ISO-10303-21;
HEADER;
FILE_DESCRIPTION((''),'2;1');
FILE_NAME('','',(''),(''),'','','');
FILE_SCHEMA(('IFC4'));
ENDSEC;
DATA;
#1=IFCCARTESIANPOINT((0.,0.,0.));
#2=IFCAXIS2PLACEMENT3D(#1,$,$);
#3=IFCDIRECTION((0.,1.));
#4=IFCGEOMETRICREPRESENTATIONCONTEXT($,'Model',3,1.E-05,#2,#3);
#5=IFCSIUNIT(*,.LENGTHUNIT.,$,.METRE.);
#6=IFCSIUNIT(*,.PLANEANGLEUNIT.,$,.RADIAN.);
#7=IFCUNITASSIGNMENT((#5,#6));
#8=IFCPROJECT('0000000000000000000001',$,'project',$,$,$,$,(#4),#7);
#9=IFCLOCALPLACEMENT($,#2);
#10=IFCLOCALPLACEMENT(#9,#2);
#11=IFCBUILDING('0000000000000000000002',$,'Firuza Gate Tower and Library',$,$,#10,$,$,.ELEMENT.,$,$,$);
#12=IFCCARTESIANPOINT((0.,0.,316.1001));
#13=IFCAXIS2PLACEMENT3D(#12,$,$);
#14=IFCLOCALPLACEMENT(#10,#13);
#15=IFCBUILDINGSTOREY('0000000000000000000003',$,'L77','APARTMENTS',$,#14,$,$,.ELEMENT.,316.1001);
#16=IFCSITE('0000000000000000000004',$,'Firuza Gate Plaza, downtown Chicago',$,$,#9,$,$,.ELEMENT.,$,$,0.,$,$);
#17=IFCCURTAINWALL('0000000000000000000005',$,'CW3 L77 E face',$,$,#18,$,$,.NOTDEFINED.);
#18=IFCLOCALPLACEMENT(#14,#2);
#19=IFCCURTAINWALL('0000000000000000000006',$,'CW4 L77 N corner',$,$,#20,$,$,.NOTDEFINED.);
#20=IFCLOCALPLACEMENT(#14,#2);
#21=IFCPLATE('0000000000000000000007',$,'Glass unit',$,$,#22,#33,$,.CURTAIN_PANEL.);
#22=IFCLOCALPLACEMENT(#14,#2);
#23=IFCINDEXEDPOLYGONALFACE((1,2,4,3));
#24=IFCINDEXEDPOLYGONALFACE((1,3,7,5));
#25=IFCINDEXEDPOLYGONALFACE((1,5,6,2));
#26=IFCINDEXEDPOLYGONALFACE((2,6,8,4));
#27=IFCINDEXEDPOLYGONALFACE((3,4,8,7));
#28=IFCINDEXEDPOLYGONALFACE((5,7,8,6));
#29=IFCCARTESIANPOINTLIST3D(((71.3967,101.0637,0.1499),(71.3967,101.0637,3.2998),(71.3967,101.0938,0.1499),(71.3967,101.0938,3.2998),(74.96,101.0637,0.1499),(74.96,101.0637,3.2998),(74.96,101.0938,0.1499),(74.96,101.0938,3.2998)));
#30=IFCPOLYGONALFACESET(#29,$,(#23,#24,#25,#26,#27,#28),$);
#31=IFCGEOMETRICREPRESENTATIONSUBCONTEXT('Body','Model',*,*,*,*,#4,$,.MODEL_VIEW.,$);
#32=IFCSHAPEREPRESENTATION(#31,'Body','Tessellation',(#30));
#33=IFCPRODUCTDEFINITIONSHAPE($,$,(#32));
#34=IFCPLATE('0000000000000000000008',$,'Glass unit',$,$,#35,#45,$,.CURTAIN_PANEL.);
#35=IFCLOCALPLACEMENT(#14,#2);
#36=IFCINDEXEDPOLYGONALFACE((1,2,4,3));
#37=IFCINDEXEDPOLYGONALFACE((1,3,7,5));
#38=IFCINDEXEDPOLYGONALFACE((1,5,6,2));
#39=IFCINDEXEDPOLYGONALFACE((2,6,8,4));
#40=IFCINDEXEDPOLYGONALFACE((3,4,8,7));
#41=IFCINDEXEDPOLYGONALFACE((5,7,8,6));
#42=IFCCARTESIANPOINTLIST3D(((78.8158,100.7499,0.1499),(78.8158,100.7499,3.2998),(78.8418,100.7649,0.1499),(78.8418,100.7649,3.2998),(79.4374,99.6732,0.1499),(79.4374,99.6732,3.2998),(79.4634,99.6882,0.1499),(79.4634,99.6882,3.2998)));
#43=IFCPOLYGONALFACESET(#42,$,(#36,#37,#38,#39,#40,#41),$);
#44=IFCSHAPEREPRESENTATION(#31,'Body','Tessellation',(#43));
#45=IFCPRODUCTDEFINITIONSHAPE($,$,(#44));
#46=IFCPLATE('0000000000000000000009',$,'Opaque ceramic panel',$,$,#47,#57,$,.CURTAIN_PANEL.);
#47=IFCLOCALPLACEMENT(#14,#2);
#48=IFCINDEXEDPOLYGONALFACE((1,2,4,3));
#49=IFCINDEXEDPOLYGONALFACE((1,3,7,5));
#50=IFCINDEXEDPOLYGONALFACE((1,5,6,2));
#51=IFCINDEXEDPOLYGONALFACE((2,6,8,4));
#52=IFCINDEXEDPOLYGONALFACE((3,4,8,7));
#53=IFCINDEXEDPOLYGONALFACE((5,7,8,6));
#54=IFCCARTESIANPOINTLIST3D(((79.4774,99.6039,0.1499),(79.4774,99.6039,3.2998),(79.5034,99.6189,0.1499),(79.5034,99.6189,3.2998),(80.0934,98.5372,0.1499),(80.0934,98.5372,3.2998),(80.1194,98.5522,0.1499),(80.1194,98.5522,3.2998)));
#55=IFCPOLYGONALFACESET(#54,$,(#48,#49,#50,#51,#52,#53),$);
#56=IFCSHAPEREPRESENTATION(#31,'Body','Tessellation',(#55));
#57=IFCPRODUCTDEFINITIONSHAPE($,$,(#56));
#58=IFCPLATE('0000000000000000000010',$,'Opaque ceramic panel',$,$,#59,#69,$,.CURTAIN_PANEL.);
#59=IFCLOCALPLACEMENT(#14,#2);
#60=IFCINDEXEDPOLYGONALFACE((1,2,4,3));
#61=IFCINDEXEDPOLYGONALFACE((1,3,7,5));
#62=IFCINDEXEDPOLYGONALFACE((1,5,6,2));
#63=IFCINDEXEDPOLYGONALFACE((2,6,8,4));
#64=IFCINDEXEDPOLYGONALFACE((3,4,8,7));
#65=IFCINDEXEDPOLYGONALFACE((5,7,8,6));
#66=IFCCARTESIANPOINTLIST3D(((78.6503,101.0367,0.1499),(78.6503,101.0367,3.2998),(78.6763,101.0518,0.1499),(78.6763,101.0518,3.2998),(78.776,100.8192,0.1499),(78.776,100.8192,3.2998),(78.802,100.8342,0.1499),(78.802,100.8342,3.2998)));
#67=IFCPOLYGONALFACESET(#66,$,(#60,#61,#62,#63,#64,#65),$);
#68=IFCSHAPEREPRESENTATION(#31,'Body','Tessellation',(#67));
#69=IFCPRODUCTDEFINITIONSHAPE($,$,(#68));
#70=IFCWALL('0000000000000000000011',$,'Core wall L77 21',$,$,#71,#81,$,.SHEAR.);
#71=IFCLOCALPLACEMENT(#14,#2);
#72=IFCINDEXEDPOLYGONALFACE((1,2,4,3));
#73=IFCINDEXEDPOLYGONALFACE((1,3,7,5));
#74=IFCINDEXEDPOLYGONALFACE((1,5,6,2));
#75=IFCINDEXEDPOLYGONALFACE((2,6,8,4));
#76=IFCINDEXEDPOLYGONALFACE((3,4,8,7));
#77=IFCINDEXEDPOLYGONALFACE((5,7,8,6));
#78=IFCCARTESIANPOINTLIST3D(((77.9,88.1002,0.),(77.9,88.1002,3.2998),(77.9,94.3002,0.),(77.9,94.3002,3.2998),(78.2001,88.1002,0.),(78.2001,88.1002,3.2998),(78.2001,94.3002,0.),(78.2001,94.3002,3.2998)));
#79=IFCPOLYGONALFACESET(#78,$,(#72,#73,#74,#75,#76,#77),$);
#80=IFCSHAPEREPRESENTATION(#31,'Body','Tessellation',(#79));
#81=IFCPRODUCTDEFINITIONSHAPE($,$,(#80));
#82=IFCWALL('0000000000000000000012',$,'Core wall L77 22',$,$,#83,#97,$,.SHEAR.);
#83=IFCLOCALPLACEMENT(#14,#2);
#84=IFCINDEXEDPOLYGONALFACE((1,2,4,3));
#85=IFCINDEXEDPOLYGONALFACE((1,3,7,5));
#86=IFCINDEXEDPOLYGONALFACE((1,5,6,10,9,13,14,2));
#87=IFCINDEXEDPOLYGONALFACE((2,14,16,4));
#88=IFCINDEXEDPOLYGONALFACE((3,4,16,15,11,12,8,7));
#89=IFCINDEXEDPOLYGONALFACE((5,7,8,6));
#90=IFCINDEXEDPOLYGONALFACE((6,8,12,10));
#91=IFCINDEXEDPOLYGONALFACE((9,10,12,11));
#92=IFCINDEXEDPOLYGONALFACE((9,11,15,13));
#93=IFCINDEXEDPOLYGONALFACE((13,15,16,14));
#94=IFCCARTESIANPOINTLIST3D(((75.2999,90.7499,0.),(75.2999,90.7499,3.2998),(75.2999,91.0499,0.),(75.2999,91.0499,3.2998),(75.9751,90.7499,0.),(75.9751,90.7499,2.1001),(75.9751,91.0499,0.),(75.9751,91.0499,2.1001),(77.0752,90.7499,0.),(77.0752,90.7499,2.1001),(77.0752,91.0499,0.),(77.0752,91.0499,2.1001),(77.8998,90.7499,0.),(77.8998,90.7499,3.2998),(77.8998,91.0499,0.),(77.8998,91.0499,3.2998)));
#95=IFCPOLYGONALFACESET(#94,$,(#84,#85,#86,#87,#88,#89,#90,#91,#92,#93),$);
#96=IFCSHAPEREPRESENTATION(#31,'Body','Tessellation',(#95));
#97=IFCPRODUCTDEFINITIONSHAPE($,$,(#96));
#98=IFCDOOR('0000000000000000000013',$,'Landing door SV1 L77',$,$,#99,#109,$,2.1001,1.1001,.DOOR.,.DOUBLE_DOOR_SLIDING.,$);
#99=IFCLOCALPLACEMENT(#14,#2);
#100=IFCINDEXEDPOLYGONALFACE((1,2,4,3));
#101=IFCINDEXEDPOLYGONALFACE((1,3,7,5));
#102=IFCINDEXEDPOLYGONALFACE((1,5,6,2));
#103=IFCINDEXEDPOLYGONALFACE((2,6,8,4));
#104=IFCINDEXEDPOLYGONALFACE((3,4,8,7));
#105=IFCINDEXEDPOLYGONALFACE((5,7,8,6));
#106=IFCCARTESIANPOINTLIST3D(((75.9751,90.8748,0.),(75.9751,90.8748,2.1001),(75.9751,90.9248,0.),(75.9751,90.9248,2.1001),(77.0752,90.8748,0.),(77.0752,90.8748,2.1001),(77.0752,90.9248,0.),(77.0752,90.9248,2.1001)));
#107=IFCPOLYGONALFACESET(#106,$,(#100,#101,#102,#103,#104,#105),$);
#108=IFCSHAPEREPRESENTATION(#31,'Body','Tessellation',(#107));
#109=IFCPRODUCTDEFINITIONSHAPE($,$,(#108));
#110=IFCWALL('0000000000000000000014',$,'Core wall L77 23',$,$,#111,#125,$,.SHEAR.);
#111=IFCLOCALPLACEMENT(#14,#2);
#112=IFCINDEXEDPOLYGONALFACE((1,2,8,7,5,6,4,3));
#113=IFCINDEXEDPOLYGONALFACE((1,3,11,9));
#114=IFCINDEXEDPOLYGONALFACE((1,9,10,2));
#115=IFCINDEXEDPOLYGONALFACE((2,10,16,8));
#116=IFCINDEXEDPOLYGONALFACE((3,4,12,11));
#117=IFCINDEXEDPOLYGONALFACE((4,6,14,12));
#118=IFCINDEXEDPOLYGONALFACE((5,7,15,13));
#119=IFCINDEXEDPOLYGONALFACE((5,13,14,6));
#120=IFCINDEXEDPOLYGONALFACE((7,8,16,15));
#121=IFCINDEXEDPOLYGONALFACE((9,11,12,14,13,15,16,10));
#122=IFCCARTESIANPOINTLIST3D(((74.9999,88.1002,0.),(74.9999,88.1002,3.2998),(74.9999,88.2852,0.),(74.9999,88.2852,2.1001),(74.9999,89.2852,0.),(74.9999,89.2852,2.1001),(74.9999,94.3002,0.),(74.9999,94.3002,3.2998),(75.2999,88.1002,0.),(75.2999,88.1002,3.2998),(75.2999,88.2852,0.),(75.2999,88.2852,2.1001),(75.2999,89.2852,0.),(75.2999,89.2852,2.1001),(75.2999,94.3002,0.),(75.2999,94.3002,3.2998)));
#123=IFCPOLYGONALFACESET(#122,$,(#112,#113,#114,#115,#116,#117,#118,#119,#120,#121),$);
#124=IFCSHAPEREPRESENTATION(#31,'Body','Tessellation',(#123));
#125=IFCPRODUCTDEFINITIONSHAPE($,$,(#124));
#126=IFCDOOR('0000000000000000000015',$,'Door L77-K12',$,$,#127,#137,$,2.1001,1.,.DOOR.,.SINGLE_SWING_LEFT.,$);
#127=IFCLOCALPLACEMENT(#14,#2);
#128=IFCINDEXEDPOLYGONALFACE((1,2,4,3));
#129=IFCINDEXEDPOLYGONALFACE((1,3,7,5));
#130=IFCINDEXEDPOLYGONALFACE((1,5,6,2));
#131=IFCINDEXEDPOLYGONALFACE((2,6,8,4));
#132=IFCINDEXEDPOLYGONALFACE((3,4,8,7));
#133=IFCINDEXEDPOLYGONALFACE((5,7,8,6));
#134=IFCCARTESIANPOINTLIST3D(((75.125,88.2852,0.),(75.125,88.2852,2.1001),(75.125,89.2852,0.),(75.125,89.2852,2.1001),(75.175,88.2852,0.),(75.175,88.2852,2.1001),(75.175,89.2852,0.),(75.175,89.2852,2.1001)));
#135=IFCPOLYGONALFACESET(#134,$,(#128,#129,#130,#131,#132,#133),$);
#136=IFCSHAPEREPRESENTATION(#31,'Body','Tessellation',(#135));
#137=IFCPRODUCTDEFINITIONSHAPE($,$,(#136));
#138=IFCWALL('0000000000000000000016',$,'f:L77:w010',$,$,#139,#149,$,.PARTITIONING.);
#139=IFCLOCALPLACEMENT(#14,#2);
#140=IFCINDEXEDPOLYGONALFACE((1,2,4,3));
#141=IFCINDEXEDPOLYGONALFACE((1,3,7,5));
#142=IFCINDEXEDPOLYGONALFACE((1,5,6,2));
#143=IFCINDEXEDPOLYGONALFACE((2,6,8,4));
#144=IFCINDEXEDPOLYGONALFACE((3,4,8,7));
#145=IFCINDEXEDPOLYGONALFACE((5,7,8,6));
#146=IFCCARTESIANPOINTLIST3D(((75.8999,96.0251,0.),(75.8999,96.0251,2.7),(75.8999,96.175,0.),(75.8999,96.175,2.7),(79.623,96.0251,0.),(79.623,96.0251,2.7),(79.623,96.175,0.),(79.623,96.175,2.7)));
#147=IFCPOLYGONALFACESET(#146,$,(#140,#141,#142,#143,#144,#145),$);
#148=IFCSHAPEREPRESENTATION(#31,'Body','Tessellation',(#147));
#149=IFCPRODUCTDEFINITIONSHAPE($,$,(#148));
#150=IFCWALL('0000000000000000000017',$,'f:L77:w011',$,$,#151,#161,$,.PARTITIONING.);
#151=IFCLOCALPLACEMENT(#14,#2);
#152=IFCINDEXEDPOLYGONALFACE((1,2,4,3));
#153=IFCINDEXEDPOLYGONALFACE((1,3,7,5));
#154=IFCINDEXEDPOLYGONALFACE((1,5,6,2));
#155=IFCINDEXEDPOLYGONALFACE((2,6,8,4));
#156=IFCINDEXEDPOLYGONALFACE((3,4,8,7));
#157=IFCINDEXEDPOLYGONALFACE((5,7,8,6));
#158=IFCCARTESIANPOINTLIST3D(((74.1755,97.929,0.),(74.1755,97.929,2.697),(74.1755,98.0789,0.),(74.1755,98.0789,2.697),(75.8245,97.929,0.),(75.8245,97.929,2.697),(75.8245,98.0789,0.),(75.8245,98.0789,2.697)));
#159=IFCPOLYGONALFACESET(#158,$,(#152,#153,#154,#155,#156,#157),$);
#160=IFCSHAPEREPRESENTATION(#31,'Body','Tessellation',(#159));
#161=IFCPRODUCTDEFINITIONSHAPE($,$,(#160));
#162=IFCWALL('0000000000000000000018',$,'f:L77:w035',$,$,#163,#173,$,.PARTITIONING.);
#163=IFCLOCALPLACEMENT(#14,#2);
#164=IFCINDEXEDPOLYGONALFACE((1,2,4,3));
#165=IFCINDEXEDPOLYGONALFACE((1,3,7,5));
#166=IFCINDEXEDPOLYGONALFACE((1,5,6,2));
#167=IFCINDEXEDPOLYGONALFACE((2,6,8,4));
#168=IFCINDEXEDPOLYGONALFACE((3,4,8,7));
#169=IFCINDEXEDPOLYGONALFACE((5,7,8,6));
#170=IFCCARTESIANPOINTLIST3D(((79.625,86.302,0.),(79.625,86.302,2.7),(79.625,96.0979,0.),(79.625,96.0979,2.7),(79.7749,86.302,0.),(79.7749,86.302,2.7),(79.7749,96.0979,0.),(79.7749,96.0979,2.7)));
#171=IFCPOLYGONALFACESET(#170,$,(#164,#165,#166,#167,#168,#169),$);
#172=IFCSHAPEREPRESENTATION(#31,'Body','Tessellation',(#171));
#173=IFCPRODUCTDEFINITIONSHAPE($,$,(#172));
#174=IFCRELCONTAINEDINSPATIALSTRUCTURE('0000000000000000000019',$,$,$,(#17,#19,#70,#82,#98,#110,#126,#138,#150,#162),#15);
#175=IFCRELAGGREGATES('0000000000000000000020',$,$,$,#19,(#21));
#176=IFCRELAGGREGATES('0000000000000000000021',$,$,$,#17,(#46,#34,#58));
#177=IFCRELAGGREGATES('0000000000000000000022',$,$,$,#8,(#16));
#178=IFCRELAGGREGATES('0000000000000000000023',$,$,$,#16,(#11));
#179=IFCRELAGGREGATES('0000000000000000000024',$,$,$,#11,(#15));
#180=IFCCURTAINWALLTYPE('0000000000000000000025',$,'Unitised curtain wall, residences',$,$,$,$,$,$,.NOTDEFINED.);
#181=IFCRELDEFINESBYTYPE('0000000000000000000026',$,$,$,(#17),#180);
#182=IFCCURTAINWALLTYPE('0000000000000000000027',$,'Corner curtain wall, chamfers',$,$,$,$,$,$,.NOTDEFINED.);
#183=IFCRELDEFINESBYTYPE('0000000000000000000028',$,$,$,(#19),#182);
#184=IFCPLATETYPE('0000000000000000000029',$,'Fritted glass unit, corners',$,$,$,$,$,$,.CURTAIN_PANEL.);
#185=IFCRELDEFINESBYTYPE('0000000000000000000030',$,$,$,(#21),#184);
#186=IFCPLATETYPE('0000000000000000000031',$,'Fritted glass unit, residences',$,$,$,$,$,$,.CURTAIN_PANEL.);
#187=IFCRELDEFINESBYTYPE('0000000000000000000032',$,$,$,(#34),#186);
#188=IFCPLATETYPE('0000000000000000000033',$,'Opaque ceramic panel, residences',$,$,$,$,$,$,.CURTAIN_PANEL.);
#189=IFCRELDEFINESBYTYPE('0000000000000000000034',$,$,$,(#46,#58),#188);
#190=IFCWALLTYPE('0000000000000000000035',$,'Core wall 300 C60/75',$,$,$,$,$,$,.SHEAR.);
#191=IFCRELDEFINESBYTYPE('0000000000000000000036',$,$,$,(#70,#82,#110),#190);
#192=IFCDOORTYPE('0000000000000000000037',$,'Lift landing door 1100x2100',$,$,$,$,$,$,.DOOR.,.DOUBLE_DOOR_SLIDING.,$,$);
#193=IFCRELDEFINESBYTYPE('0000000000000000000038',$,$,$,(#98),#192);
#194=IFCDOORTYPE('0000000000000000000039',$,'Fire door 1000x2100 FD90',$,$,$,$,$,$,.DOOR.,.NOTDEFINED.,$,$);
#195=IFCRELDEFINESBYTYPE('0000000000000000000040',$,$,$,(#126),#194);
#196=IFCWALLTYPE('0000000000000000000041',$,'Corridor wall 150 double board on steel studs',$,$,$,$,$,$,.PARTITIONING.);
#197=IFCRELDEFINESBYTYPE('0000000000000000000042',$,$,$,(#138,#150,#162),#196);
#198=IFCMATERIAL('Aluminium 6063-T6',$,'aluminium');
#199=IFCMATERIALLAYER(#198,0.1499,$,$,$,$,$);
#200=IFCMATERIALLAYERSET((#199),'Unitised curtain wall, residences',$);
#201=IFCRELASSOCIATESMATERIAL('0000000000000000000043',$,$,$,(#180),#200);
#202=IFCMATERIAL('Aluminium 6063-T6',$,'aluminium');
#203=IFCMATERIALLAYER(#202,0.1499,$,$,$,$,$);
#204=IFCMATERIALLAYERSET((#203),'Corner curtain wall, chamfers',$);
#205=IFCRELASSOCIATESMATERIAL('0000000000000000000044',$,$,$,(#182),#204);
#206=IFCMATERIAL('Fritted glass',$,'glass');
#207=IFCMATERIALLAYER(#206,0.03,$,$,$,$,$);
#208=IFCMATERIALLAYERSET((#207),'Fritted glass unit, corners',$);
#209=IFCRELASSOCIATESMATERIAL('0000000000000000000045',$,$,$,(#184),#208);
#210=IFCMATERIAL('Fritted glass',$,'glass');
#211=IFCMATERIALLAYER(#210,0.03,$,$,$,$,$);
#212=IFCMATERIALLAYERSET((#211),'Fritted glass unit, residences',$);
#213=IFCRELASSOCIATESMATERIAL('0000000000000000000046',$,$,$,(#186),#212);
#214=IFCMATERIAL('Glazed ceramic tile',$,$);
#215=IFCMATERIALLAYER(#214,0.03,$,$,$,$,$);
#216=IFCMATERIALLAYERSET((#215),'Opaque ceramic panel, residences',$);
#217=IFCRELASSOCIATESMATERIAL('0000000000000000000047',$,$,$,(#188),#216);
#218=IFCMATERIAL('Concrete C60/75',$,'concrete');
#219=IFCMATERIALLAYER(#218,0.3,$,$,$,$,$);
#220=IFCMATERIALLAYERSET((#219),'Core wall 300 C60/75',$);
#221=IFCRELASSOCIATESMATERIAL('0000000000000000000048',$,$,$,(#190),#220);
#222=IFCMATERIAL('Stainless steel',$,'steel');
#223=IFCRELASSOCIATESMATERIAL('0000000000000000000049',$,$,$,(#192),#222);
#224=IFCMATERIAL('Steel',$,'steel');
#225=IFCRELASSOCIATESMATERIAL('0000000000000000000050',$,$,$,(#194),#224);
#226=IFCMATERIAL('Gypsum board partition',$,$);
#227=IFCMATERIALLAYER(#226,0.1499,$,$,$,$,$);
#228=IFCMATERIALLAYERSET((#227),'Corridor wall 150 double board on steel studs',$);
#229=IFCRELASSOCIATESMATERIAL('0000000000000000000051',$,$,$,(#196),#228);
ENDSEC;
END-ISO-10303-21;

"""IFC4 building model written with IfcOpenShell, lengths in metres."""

from ifc_helpers import new_model, si_unit, direction, frame, frame_2d, origin, place, context, subcontext, project, spatial, polyline, rectangle, outline, extrude, material, layer, layer_set, type_object, element, fill, aggregate, save


model = new_model("IFC4")

# Units and contexts
model_context = context("Model", 3, precision=1e-05, world=origin(), true_north=direction((0.0, 1.0)))
body_context = subcontext(model_context, "Body", "Model", "MODEL_VIEW")
ifc_project = project(units=[si_unit("LENGTHUNIT", "METRE"), si_unit("PLANEANGLEUNIT", "RADIAN")], contexts=[model_context])

# Site, building, storey
site_placement = place(None, origin())
site = spatial("IfcSite", under=ifc_project, at=site_placement, Name="Firuza Gate Plaza, downtown Chicago", CompositionType="ELEMENT", RefElevation=0.0)
building_placement = place(site_placement, origin())
building = spatial("IfcBuilding", under=site, at=building_placement, Name="Firuza Gate Tower and Library", CompositionType="ELEMENT")
storey_placement = place(building_placement, frame((0.0, 0.0, 316.1001)))
storey = spatial("IfcBuildingStorey", under=building, at=storey_placement, Name="L77", Description="APARTMENTS", CompositionType="ELEMENT", Elevation=316.1001)

# Curtain walls
ifc_material_1 = material(Name="Aluminium 6063-T6", Category="aluminium")
ifc_layer_1 = layer(ifc_material_1, 0.1499)
ifc_layer_set_1 = layer_set([ifc_layer_1], Name="Unitised curtain wall, residences")
curtain_wall_type_1 = type_object("IfcCurtainWallType", Name="Unitised curtain wall, residences", PredefinedType="NOTDEFINED", material=ifc_layer_set_1)
placement = place(storey_placement, origin())
curtain_wall_1 = element("IfcCurtainWall", 1, at=placement, inside=storey, type_object=curtain_wall_type_1, Name="CW3 L77 E face", PredefinedType="NOTDEFINED")
ifc_material_2 = material(Name="Aluminium 6063-T6", Category="aluminium")
ifc_layer_2 = layer(ifc_material_2, 0.1499)
ifc_layer_set_2 = layer_set([ifc_layer_2], Name="Corner curtain wall, chamfers")
curtain_wall_type_2 = type_object("IfcCurtainWallType", Name="Corner curtain wall, chamfers", PredefinedType="NOTDEFINED", material=ifc_layer_set_2)
curtain_wall_2 = element("IfcCurtainWall", 2, at=placement, inside=storey, type_object=curtain_wall_type_2, Name="CW4 L77 N corner", PredefinedType="NOTDEFINED")

# Plates
ifc_material_3 = material(Name="Fritted glass", Category="glass")
ifc_layer_3 = layer(ifc_material_3, 0.03)
ifc_layer_set_3 = layer_set([ifc_layer_3], Name="Fritted glass unit, corners")
plate_type_1 = type_object("IfcPlateType", Name="Fritted glass unit, corners", PredefinedType="CURTAIN_PANEL", material=ifc_layer_set_3)
plate_1_placement = place(storey_placement, frame((74.96, 101.0938, 0.1499), z_axis=(0.0, 1.0, 0.0), x_axis=(-1.0, 0.0, 0.0)))
plate_1 = element("IfcPlate", 3, at=plate_1_placement, type_object=plate_type_1, Name="Glass unit", PredefinedType="CURTAIN_PANEL", context=body_context, shape_type="SweptSolid", body=[
    extrude(outline(polyline([(0.0, 0.0), (3.5632, 0.0), (3.5632, 3.1499), (0.0, 3.1499), (0.0, 0.0)])), origin(), (0.0, 0.0, -1.0), 0.03),
])
aggregate(curtain_wall_2, [plate_1])
ifc_material_4 = material(Name="Fritted glass", Category="glass")
ifc_layer_4 = layer(ifc_material_4, 0.03)
ifc_layer_set_4 = layer_set([ifc_layer_4], Name="Fritted glass unit, residences")
plate_type_2 = type_object("IfcPlateType", Name="Fritted glass unit, residences", PredefinedType="CURTAIN_PANEL", material=ifc_layer_set_4)
plate_2_placement = place(storey_placement, frame((79.4634, 99.6882, 0.1499), z_axis=(0.866035, 0.499983, 0.0), x_axis=(-0.499983, 0.866035, 0.0)))
plate_2 = element("IfcPlate", 4, at=plate_2_placement, type_object=plate_type_2, Name="Glass unit", PredefinedType="CURTAIN_PANEL", context=body_context, shape_type="SweptSolid", body=[
    extrude(outline(polyline([(0.0, 0.0), (1.2432, 0.0), (1.2432, 3.1499), (0.0, 3.1499), (0.0, 0.0)])), origin(), (0.0, 0.0, -1.0), 0.03),
])
ifc_material_5 = material(Name="Glazed ceramic tile")
ifc_layer_5 = layer(ifc_material_5, 0.03)
ifc_layer_set_5 = layer_set([ifc_layer_5], Name="Opaque ceramic panel, residences")
plate_type_3 = type_object("IfcPlateType", Name="Opaque ceramic panel, residences", PredefinedType="CURTAIN_PANEL", material=ifc_layer_set_5)
plate_3_placement = place(storey_placement, frame((80.1194, 98.5522, 0.1499), z_axis=(0.865978, 0.500083, 0.0), x_axis=(-0.500083, 0.865978, 0.0)))
plate_3 = element("IfcPlate", 5, at=plate_3_placement, type_object=plate_type_3, Name="Opaque ceramic panel", PredefinedType="CURTAIN_PANEL", context=body_context, shape_type="SweptSolid", body=[
    extrude(outline(polyline([(0.0, 0.0), (1.2317, 0.0), (1.2317, 3.1499), (0.0, 3.1499), (0.0, 0.0)])), origin(), (0.0, 0.0, -1.0), 0.03),
])
plate_4_placement = place(storey_placement, frame((78.802, 100.8342, 0.1499), z_axis=(0.865781, 0.500423, 0.0), x_axis=(-0.500423, 0.865781, 0.0)))
plate_4 = element("IfcPlate", 6, at=plate_4_placement, type_object=plate_type_3, Name="Opaque ceramic panel", PredefinedType="CURTAIN_PANEL", context=body_context, shape_type="SweptSolid", body=[
    extrude(outline(polyline([(0.0, 0.0), (0.2513, 0.0), (0.2513, 3.1499), (0.0, 3.1499), (0.0, 0.0)])), origin(), (0.0, 0.0, -1.0), 0.03),
])
aggregate(curtain_wall_1, [plate_3, plate_2, plate_4])

# Wall
ifc_material_6 = material(Name="Concrete C60/75", Category="concrete")
ifc_layer_6 = layer(ifc_material_6, 0.3)
ifc_layer_set_6 = layer_set([ifc_layer_6], Name="Core wall 300 C60/75")
wall_type_1 = type_object("IfcWallType", Name="Core wall 300 C60/75", PredefinedType="SHEAR", material=ifc_layer_set_6)
wall_1_placement = place(storey_placement, frame((78.05, 88.1001, 0.0), z_axis=(0.0, 0.0, 1.0), x_axis=(0.0, 1.0, 0.0)))
element("IfcWall", 7, at=wall_1_placement, inside=storey, type_object=wall_type_1, Name="Core wall L77 21", PredefinedType="SHEAR", context=body_context, shape_type="SweptSolid", body=[
    extrude(rectangle(XDim=6.2, YDim=0.3, at=frame_2d((3.1001, 0.0))), origin(), (0.0, 0.0, 1.0), 3.2998),
])

# Walls, openings, doors
wall_2_placement = place(storey_placement, frame((75.3, 90.8999, 0.0), z_axis=(0.0, 0.0, 1.0), x_axis=(1.0, 0.0, 0.0)))
wall_2 = element("IfcWall", 8, at=wall_2_placement, inside=storey, type_object=wall_type_1, Name="Core wall L77 22", PredefinedType="SHEAR", context=body_context, shape_type="SweptSolid", body=[
    extrude(rectangle(XDim=2.5999, YDim=0.3, at=frame_2d((1.2998, 0.0))), origin(), (0.0, 0.0, 1.0), 3.2998),
])
opening_1_placement = place(wall_2_placement, frame((0.675, 0.0, 0.0)))
opening_1 = element("IfcOpeningElement", 9, at=opening_1_placement, cuts=wall_2, PredefinedType="OPENING", context=body_context, shape_type="SweptSolid", body=[
    extrude(rectangle(XDim=1.1001, YDim=2.1001, at=frame_2d((0.55, 1.05))), frame((0.0, 0.1602, 0.0), z_axis=(0.0, -1.0, 0.0), x_axis=(1.0, 0.0, 0.0)), (0.0, 0.0, 1.0), 0.3201),
])
ifc_material_7 = material(Name="Stainless steel", Category="steel")
door_type_1 = type_object("IfcDoorType", Name="Lift landing door 1100x2100", OperationType="DOUBLE_DOOR_SLIDING", PredefinedType="DOOR", material=ifc_material_7)
door_1_placement = place(opening_1_placement, origin())
door_1 = element("IfcDoor", 10, at=door_1_placement, inside=storey, type_object=door_type_1, Name="Landing door SV1 L77", OperationType="DOUBLE_DOOR_SLIDING", OverallHeight=2.1001, OverallWidth=1.1001, PredefinedType="DOOR", context=body_context, shape_type="SweptSolid", body=[
    extrude(rectangle(XDim=1.1001, YDim=2.1001, at=frame_2d((0.55, 1.05))), frame((0.0, 0.0249, 0.0), z_axis=(0.0, -1.0, 0.0), x_axis=(1.0, 0.0, 0.0)), (0.0, 0.0, 1.0), 0.05),
])
fill(opening_1, door_1)
wall_3_placement = place(storey_placement, frame((75.1499, 88.1001, 0.0), z_axis=(0.0, 0.0, 1.0), x_axis=(0.0, 1.0, 0.0)))
wall_3 = element("IfcWall", 11, at=wall_3_placement, inside=storey, type_object=wall_type_1, Name="Core wall L77 23", PredefinedType="SHEAR", context=body_context, shape_type="SweptSolid", body=[
    extrude(rectangle(XDim=6.2, YDim=0.3, at=frame_2d((3.1001, 0.0))), origin(), (0.0, 0.0, 1.0), 3.2998),
])
opening_2_placement = place(wall_3_placement, frame((0.1851, 0.0, 0.0)))
opening_2 = element("IfcOpeningElement", 12, at=opening_2_placement, cuts=wall_3, PredefinedType="OPENING", context=body_context, shape_type="SweptSolid", body=[
    extrude(rectangle(XDim=1.0, YDim=2.1001, at=frame_2d((0.5, 1.05))), frame((0.0, 0.1602, 0.0), z_axis=(0.0, -1.0, 0.0), x_axis=(1.0, 0.0, 0.0)), (0.0, 0.0, 1.0), 0.3201),
])
ifc_material_8 = material(Name="Steel", Category="steel")
door_type_2 = type_object("IfcDoorType", Name="Fire door 1000x2100 FD90", OperationType="NOTDEFINED", PredefinedType="DOOR", material=ifc_material_8)
door_2_placement = place(opening_2_placement, origin())
door_2 = element("IfcDoor", 13, at=door_2_placement, inside=storey, type_object=door_type_2, Name="Door L77-K12", OperationType="SINGLE_SWING_LEFT", OverallHeight=2.1001, OverallWidth=1.0, PredefinedType="DOOR", context=body_context, shape_type="SweptSolid", body=[
    extrude(rectangle(XDim=1.0, YDim=2.1001, at=frame_2d((0.5, 1.05))), frame((0.0, 0.0249, 0.0), z_axis=(0.0, -1.0, 0.0), x_axis=(1.0, 0.0, 0.0)), (0.0, 0.0, 1.0), 0.05),
])
fill(opening_2, door_2)

# Walls
ifc_material_9 = material(Name="Gypsum board partition")
ifc_layer_7 = layer(ifc_material_9, 0.1499)
ifc_layer_set_7 = layer_set([ifc_layer_7], Name="Corridor wall 150 double board on steel studs")
wall_type_2 = type_object("IfcWallType", Name="Corridor wall 150 double board on steel studs", PredefinedType="PARTITIONING", material=ifc_layer_set_7)
wall_4_placement = place(storey_placement, frame((75.8999, 96.1001, 0.0), z_axis=(0.0, 0.0, 1.0), x_axis=(1.0, 0.0, 0.0)))
element("IfcWall", 14, at=wall_4_placement, inside=storey, type_object=wall_type_2, Name="f:L77:w010", PredefinedType="PARTITIONING", context=body_context, shape_type="SweptSolid", body=[
    extrude(rectangle(XDim=3.7231, YDim=0.1499, at=frame_2d((1.8616, 0.0))), origin(), (0.0, 0.0, 1.0), 2.7),
])
wall_5_placement = place(storey_placement, frame((74.1755, 98.0039, 0.0), z_axis=(0.0, 0.0, 1.0), x_axis=(1.0, 0.0, 0.0)))
element("IfcWall", 15, at=wall_5_placement, inside=storey, type_object=wall_type_2, Name="f:L77:w011", PredefinedType="PARTITIONING", context=body_context, shape_type="SweptSolid", body=[
    extrude(rectangle(XDim=1.6489, YDim=0.1499, at=frame_2d((0.8245, 0.0))), origin(), (0.0, 0.0, 1.0), 2.697),
])
wall_6_placement = place(storey_placement, frame((79.7, 86.302, 0.0), z_axis=(0.0, 0.0, 1.0), x_axis=(0.0, 1.0, 0.0)))
element("IfcWall", 16, at=wall_6_placement, inside=storey, type_object=wall_type_2, Name="f:L77:w035", PredefinedType="PARTITIONING", context=body_context, shape_type="SweptSolid", body=[
    extrude(rectangle(XDim=9.7959, YDim=0.1499, at=frame_2d((4.8979, 0.0))), origin(), (0.0, 0.0, 1.0), 2.7),
])

save(model, "model.ifc")
